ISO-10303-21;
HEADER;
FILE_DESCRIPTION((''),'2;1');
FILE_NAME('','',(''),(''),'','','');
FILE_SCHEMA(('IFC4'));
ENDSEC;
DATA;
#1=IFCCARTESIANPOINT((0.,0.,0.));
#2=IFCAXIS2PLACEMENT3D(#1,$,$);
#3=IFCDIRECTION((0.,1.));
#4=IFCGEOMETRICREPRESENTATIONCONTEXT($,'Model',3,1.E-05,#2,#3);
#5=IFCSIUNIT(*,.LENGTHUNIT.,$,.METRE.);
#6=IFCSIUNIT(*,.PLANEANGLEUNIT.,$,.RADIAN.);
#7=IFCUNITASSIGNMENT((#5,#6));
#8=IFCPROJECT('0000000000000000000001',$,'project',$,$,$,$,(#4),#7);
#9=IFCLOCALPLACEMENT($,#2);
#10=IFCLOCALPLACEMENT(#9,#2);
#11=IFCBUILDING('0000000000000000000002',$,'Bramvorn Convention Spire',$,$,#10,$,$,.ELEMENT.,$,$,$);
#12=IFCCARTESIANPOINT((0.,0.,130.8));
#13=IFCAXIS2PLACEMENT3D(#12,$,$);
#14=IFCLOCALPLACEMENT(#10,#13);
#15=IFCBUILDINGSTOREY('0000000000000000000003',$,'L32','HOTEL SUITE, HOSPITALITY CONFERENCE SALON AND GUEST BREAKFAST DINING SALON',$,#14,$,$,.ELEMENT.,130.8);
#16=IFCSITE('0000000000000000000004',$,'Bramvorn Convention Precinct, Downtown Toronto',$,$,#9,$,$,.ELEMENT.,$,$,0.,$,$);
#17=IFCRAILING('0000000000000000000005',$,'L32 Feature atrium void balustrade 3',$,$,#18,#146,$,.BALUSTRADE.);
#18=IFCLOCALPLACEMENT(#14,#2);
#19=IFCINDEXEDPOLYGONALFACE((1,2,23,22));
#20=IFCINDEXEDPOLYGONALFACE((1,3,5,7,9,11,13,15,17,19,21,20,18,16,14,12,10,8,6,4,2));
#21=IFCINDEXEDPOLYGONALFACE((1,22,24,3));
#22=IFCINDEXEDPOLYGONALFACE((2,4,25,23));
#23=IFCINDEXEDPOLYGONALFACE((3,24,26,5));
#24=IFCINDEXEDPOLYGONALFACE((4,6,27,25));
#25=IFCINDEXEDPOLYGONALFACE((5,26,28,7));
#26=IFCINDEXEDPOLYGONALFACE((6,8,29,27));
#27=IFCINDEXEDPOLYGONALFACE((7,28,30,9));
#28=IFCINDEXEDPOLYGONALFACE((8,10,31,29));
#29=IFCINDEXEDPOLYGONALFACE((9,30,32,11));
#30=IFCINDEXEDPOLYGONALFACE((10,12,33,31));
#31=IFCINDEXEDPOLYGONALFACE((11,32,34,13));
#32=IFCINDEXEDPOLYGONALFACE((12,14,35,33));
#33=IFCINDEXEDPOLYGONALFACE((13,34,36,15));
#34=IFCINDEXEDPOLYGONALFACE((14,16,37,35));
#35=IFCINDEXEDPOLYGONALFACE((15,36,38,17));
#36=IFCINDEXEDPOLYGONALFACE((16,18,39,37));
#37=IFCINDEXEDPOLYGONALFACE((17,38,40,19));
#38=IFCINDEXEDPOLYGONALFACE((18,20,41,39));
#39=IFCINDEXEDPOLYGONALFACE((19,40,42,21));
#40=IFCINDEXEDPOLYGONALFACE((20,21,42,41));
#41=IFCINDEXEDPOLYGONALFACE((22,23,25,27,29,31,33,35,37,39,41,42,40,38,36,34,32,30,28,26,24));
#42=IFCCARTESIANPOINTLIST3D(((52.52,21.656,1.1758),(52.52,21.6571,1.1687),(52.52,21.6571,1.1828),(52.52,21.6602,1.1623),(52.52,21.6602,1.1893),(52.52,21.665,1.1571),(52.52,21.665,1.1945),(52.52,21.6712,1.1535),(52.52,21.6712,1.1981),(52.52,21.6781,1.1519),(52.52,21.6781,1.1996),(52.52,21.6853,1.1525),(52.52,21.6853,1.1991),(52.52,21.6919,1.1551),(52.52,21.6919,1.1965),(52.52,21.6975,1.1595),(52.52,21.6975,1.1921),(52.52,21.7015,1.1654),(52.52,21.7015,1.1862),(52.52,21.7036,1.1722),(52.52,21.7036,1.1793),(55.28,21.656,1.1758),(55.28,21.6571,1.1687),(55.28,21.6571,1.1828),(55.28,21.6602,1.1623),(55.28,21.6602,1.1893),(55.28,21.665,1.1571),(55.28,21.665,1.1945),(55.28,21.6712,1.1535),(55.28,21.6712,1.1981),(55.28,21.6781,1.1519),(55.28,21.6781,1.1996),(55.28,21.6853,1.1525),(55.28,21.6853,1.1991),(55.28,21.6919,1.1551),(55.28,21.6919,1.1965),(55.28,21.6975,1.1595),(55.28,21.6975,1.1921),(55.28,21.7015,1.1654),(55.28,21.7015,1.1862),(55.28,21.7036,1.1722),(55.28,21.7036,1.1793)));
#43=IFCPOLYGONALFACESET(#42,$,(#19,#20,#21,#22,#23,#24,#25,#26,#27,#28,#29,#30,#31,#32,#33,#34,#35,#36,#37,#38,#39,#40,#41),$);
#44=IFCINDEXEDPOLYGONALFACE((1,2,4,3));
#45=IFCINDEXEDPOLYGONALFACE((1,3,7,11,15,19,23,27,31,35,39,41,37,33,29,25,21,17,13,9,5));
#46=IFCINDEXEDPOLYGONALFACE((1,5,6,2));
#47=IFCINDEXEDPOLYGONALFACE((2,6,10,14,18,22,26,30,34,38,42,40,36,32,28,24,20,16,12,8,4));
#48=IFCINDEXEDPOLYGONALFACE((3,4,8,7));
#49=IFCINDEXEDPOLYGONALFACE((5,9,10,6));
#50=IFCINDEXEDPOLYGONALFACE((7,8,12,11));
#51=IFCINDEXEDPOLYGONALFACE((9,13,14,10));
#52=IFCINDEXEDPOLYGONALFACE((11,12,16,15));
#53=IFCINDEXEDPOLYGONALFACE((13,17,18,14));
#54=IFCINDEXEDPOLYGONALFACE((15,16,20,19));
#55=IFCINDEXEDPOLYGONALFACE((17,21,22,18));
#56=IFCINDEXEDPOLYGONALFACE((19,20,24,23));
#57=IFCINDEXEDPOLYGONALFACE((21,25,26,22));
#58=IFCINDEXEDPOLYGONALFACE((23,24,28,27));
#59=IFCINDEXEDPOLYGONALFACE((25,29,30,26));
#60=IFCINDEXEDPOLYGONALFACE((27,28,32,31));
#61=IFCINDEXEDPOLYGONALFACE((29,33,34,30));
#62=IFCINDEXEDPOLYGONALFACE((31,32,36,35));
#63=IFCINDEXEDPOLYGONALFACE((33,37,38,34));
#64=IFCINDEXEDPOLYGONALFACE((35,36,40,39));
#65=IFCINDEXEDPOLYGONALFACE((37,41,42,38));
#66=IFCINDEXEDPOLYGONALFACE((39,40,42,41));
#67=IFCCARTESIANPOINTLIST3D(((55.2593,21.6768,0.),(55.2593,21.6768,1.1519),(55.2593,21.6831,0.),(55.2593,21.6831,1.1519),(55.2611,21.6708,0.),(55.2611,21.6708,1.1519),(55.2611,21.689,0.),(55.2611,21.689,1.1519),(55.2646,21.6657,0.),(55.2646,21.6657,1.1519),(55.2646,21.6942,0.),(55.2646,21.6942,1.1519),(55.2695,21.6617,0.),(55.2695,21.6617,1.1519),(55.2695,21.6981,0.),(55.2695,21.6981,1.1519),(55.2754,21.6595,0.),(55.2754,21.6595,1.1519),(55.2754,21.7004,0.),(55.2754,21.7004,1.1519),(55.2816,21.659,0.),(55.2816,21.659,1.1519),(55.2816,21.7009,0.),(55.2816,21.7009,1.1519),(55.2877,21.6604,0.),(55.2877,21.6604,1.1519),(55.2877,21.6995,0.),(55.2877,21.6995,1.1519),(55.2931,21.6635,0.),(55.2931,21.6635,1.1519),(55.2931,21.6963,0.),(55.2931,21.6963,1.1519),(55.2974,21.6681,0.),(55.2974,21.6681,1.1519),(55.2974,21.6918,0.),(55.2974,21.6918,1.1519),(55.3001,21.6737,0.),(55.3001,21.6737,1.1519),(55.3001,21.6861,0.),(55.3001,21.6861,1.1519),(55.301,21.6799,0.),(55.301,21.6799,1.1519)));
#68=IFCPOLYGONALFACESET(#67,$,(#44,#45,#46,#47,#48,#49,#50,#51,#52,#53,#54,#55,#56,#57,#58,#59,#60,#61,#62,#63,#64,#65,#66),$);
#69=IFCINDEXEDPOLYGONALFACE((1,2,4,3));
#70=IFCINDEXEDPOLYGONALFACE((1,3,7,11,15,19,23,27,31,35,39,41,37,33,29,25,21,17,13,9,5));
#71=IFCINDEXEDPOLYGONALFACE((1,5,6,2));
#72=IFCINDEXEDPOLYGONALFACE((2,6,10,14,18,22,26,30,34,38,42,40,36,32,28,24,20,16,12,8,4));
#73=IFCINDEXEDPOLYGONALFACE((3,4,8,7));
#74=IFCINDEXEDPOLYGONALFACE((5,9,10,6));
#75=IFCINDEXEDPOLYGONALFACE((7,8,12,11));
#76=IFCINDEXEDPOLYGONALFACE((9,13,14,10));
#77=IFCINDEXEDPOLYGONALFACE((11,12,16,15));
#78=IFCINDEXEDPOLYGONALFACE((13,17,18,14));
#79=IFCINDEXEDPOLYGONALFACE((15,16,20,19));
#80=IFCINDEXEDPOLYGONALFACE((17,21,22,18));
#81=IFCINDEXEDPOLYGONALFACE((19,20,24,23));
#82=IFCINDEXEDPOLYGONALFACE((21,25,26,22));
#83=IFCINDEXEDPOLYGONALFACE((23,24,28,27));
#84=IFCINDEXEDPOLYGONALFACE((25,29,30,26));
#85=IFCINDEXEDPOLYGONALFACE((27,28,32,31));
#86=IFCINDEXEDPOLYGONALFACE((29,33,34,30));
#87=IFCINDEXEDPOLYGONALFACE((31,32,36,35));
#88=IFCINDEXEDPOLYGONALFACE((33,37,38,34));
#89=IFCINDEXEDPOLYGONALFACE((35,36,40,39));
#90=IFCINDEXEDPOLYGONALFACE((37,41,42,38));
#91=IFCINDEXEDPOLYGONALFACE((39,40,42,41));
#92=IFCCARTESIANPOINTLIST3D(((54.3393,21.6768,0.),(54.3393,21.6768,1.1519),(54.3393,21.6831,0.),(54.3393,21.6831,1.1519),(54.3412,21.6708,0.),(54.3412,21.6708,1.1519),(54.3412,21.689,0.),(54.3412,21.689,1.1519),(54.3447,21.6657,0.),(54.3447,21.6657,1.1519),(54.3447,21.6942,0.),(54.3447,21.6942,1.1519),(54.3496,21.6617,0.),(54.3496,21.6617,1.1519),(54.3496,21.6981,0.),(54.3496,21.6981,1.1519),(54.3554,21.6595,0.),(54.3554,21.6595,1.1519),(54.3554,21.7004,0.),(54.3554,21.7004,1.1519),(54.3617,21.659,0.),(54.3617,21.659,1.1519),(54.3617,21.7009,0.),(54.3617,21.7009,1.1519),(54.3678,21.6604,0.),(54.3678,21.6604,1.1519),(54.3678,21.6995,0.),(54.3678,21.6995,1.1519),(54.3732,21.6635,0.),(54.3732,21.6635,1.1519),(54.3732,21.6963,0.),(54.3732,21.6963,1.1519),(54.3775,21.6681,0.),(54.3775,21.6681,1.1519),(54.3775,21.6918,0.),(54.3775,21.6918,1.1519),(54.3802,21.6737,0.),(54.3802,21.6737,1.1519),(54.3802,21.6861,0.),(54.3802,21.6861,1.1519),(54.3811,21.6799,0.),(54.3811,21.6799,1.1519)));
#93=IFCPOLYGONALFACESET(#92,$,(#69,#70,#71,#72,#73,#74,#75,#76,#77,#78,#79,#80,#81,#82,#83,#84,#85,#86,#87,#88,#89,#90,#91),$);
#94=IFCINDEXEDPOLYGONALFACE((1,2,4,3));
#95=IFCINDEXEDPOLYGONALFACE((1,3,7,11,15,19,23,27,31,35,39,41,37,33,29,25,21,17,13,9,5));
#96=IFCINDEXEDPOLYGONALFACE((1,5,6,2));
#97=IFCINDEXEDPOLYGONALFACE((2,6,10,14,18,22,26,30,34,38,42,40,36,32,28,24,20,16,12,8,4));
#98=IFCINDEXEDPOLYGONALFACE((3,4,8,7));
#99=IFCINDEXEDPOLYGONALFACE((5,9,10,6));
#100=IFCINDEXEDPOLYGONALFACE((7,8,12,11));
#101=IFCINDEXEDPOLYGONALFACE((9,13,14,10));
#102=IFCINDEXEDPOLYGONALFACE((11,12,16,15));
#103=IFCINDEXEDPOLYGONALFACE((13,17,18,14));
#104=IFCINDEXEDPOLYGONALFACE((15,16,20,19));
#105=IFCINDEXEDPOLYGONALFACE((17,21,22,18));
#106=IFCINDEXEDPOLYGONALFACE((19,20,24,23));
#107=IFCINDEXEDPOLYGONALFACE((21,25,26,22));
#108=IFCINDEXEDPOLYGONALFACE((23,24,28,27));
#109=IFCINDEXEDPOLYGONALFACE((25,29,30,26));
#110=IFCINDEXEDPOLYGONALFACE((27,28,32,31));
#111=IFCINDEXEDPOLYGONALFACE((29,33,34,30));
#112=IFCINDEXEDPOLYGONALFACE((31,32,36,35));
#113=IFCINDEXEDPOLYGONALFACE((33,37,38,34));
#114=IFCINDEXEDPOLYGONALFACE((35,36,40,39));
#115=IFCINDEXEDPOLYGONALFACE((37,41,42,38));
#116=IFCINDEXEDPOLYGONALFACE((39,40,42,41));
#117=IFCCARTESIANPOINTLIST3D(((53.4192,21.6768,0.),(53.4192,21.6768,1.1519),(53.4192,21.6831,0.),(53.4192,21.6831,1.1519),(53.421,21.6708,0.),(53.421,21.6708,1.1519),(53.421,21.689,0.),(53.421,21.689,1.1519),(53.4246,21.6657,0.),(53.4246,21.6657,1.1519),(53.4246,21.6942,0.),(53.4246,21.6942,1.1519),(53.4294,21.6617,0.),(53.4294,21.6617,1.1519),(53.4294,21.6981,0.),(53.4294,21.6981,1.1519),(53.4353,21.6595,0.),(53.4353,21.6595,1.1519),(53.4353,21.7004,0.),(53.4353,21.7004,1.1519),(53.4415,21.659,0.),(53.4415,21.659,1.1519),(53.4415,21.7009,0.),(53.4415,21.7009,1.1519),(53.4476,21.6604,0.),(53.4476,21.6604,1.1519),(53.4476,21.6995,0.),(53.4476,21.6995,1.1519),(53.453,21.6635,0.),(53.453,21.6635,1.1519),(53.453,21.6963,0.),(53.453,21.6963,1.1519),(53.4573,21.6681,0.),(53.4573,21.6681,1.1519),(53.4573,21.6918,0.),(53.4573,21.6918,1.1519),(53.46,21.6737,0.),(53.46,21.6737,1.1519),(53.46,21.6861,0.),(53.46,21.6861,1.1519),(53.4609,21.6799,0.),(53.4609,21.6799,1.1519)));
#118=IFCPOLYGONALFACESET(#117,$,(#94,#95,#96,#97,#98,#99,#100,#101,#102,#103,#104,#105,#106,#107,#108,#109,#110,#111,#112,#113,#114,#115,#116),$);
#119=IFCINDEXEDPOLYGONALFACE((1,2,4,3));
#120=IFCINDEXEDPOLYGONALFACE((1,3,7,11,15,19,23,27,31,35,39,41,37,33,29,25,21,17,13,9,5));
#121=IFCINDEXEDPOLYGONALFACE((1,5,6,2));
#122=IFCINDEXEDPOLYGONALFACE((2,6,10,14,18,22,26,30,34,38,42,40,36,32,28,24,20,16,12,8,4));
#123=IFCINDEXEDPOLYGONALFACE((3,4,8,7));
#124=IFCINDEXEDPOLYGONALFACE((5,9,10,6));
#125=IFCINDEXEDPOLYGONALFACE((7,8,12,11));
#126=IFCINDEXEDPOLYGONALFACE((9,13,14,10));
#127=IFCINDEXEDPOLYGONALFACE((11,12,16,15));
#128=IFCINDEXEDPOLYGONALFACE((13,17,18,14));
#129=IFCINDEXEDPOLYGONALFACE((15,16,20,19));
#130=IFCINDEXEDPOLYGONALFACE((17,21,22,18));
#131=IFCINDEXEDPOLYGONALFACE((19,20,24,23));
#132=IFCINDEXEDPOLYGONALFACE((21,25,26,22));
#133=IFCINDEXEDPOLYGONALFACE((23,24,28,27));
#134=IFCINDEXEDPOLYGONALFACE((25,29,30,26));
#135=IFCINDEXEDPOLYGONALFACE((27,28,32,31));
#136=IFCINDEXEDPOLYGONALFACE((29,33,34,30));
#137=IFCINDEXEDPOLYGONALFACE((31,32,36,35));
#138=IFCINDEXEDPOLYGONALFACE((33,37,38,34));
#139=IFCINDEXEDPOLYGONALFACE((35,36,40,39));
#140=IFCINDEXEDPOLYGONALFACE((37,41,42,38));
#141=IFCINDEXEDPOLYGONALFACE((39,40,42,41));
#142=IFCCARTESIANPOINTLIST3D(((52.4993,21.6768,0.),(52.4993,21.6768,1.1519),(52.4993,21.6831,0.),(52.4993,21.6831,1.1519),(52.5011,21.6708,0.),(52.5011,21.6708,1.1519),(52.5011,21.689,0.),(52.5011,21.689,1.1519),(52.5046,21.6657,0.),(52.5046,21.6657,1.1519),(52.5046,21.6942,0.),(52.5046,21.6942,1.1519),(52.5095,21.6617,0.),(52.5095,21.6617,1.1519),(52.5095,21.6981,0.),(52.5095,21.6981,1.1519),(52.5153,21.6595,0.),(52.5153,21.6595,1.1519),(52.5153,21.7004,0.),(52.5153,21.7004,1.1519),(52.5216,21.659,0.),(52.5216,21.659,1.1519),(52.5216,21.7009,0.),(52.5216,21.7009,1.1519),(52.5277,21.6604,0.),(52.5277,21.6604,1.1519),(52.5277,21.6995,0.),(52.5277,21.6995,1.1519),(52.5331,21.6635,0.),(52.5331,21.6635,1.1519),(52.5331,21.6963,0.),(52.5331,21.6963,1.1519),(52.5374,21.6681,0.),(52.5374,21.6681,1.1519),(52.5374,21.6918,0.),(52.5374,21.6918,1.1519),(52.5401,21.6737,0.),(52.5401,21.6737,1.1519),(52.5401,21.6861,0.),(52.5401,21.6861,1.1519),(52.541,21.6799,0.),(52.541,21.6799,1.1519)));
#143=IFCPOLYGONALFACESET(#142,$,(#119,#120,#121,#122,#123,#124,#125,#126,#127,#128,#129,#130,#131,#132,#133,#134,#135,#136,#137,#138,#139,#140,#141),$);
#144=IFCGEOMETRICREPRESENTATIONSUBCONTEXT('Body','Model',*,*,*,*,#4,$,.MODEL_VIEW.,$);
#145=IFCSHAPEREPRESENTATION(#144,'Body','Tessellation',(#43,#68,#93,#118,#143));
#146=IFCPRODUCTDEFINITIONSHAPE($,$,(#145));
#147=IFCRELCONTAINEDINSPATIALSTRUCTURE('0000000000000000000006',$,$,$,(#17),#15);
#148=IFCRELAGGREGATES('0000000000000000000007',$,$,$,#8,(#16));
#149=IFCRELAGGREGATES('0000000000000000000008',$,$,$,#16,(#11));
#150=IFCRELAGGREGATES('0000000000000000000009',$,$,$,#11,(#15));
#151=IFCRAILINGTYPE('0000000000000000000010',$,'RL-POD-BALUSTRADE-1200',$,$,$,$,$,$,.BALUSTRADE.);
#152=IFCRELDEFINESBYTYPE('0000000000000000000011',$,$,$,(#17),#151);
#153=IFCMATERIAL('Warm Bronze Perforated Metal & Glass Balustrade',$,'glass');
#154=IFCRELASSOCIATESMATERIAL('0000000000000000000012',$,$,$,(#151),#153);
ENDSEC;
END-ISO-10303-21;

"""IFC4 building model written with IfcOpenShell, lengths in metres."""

from ifc_helpers import new_model, si_unit, direction, frame, origin, origin_2d, place, context, subcontext, project, spatial, circle, extrude, material, type_object, element, save


model = new_model("IFC4")

# Units and contexts
model_context = context("Model", 3, precision=1e-05, world=origin(), true_north=direction((0.0, 1.0)))
body_context = subcontext(model_context, "Body", "Model", "MODEL_VIEW")
ifc_project = project(units=[si_unit("LENGTHUNIT", "METRE"), si_unit("PLANEANGLEUNIT", "RADIAN")], contexts=[model_context])

# Site, building, storey
site_placement = place(None, origin())
site = spatial("IfcSite", under=ifc_project, at=site_placement, Name="Bramvorn Convention Precinct, Downtown Toronto", CompositionType="ELEMENT", RefElevation=0.0)
building_placement = place(site_placement, origin())
building = spatial("IfcBuilding", under=site, at=building_placement, Name="Bramvorn Convention Spire", CompositionType="ELEMENT")
storey_placement = place(building_placement, frame((0.0, 0.0, 130.8)))
storey = spatial("IfcBuildingStorey", under=building, at=storey_placement, Name="L32", Description="HOTEL SUITE, HOSPITALITY CONFERENCE SALON AND GUEST BREAKFAST DINING SALON", CompositionType="ELEMENT", Elevation=130.8)

# Railing
ifc_material_1 = material(Name="Warm Bronze Perforated Metal & Glass Balustrade", Category="glass")
railing_type = type_object("IfcRailingType", Name="RL-POD-BALUSTRADE-1200", PredefinedType="BALUSTRADE", material=ifc_material_1)
railing_1_placement = place(storey_placement, frame((55.28, 21.6799, 0.0)))
element("IfcRailing", 1, at=railing_1_placement, inside=storey, type_object=railing_type, Name="L32 Feature atrium void balustrade 3", PredefinedType="BALUSTRADE", context=body_context, shape_type="SweptSolid", body=[
    extrude(circle(Radius=0.0239, at=origin_2d()), frame((0.0, 0.0, 1.1758), z_axis=(-1.0, 0.0, 0.0), x_axis=(0.0, -1.0, 0.0)), (0.0, 0.0, 1.0), 2.76),
    extrude(circle(Radius=0.021, at=origin_2d()), origin(), (0.0, 0.0, 1.0), 1.1519),
    extrude(circle(Radius=0.021, at=origin_2d()), frame((-0.9199, 0.0, 0.0)), (0.0, 0.0, 1.0), 1.1519),
    extrude(circle(Radius=0.021, at=origin_2d()), frame((-1.8401, 0.0, 0.0)), (0.0, 0.0, 1.0), 1.1519),
    extrude(circle(Radius=0.021, at=origin_2d()), frame((-2.76, 0.0, 0.0)), (0.0, 0.0, 1.0), 1.1519),
])

save(model, "model.ifc")
